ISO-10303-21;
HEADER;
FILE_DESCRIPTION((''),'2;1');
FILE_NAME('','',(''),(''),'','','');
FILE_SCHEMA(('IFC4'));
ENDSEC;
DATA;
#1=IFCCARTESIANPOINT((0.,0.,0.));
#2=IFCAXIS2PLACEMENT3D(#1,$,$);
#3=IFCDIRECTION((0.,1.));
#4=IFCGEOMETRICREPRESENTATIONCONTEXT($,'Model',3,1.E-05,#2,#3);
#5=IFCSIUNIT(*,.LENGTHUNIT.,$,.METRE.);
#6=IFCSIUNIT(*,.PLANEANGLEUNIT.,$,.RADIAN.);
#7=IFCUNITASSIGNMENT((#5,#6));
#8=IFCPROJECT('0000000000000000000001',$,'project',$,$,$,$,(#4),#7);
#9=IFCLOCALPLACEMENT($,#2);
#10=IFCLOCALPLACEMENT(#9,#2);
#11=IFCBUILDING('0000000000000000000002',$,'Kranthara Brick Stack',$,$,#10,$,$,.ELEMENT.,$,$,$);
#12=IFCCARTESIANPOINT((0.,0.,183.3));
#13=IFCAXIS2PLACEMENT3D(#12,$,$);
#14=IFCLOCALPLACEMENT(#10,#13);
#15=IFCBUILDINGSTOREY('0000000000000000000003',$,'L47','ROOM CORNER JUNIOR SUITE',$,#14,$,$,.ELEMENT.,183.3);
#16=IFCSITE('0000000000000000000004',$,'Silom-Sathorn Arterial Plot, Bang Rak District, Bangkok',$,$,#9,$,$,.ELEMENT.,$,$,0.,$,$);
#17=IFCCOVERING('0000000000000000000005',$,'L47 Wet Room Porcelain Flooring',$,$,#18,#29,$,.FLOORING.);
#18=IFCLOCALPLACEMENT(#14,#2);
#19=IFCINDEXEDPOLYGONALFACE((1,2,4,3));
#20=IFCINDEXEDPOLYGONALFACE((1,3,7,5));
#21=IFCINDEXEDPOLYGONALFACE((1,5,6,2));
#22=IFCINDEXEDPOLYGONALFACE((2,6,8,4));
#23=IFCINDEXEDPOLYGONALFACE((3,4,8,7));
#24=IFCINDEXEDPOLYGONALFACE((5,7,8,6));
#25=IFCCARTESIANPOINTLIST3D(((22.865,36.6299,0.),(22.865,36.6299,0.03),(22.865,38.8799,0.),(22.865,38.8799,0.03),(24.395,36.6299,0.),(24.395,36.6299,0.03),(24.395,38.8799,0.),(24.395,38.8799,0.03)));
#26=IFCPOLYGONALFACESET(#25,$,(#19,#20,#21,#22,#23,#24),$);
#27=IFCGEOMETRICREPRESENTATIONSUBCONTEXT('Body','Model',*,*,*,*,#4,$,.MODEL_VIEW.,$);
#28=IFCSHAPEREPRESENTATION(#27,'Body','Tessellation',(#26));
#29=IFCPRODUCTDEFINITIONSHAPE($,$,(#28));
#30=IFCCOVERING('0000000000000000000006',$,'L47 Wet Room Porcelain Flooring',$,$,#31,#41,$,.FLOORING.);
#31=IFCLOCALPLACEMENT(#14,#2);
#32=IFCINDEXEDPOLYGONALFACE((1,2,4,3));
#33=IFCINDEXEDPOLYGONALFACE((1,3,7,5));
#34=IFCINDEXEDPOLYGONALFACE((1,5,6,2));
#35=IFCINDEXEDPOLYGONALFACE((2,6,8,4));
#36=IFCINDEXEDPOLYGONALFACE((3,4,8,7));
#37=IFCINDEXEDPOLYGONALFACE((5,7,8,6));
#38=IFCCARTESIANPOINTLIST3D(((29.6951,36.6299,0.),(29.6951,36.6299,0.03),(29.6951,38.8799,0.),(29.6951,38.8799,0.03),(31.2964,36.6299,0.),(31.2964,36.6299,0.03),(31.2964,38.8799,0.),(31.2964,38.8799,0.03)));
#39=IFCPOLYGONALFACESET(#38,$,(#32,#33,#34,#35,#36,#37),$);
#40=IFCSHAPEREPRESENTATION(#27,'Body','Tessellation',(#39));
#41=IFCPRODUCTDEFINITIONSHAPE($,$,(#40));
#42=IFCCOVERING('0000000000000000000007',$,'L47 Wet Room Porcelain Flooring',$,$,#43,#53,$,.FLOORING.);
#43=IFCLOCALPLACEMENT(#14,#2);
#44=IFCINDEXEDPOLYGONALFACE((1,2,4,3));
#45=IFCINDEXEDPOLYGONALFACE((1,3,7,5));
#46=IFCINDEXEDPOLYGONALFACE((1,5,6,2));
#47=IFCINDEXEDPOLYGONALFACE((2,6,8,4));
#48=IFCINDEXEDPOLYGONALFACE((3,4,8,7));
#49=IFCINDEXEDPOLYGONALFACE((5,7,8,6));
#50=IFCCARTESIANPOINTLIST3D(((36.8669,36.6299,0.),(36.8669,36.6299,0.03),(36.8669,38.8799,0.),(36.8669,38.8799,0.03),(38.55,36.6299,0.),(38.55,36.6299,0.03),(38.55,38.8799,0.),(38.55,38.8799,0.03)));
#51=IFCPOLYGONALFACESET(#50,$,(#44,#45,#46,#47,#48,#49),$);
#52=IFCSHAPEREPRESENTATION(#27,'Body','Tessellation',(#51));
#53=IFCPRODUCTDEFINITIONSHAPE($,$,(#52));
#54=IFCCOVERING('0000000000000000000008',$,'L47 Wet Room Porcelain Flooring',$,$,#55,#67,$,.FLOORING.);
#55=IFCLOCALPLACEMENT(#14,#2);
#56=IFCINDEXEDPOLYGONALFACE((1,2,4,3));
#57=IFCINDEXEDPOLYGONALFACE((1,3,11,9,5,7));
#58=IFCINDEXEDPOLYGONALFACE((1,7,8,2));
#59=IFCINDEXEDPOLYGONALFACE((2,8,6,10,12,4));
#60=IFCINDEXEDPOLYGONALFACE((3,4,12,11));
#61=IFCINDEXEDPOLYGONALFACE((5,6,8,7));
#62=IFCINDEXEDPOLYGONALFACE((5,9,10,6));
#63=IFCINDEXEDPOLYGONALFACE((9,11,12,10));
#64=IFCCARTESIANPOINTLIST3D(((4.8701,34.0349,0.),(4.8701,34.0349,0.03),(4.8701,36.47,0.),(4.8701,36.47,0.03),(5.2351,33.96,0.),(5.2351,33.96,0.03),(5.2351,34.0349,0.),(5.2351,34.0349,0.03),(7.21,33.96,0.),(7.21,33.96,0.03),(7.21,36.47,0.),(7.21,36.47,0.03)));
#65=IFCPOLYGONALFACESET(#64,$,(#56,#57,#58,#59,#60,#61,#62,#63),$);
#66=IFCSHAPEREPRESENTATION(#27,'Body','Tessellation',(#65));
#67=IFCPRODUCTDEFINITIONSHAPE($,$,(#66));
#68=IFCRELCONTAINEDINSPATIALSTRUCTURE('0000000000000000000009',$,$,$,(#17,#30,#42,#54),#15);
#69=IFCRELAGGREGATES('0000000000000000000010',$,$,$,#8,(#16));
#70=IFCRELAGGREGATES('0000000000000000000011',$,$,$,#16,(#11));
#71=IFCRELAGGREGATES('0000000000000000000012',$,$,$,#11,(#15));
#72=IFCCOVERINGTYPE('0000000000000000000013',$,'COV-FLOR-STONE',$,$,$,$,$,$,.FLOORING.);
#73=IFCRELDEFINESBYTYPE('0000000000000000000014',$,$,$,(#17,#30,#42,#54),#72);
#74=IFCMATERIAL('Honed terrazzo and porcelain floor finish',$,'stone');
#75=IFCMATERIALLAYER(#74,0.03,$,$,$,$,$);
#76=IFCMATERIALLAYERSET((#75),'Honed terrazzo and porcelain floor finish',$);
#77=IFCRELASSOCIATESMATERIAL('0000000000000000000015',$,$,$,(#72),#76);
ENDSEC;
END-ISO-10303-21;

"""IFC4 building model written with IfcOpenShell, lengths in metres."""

from ifc_helpers import new_model, si_unit, direction, frame, origin, place, context, subcontext, project, spatial, polyline, outline, extrude, material, layer, layer_set, type_object, element, save


model = new_model("IFC4")

# Units and contexts
model_context = context("Model", 3, precision=1e-05, world=origin(), true_north=direction((0.0, 1.0)))
body_context = subcontext(model_context, "Body", "Model", "MODEL_VIEW")
ifc_project = project(units=[si_unit("LENGTHUNIT", "METRE"), si_unit("PLANEANGLEUNIT", "RADIAN")], contexts=[model_context])

# Site, building, storey
site_placement = place(None, origin())
site = spatial("IfcSite", under=ifc_project, at=site_placement, Name="Silom-Sathorn Arterial Plot, Bang Rak District, Bangkok", CompositionType="ELEMENT", RefElevation=0.0)
building_placement = place(site_placement, origin())
building = spatial("IfcBuilding", under=site, at=building_placement, Name="Kranthara Brick Stack", CompositionType="ELEMENT")
storey_placement = place(building_placement, frame((0.0, 0.0, 183.3)))
storey = spatial("IfcBuildingStorey", under=building, at=storey_placement, Name="L47", Description="ROOM CORNER JUNIOR SUITE", CompositionType="ELEMENT", Elevation=183.3)

# Coverings
ifc_material_1 = material(Name="Honed terrazzo and porcelain floor finish", Category="stone")
ifc_layer_1 = layer(ifc_material_1, 0.03)
ifc_layer_set_1 = layer_set([ifc_layer_1], Name="Honed terrazzo and porcelain floor finish")
covering_type_1 = type_object("IfcCoveringType", Name="COV-FLOR-STONE", PredefinedType="FLOORING", material=ifc_layer_set_1)
covering_1_placement = place(storey_placement, origin())
element("IfcCovering", 1, at=covering_1_placement, inside=storey, type_object=covering_type_1, Name="L47 Wet Room Porcelain Flooring", PredefinedType="FLOORING", context=body_context, shape_type="SweptSolid", body=[
    extrude(outline(polyline([(22.865, 36.6299), (22.865, 38.8799), (24.395, 38.8799), (24.395, 36.6299), (22.865, 36.6299)])), origin(), (0.0, 0.0, 1.0), 0.03),
])
covering_2_placement = place(storey_placement, origin())
element("IfcCovering", 2, at=covering_2_placement, inside=storey, type_object=covering_type_1, Name="L47 Wet Room Porcelain Flooring", PredefinedType="FLOORING", context=body_context, shape_type="SweptSolid", body=[
    extrude(outline(polyline([(29.6951, 36.6299), (29.6951, 38.8799), (31.2964, 38.8799), (31.2964, 36.6299), (29.6951, 36.6299)])), origin(), (0.0, 0.0, 1.0), 0.03),
])
covering_3_placement = place(storey_placement, origin())
element("IfcCovering", 3, at=covering_3_placement, inside=storey, type_object=covering_type_1, Name="L47 Wet Room Porcelain Flooring", PredefinedType="FLOORING", context=body_context, shape_type="SweptSolid", body=[
    extrude(outline(polyline([(36.8669, 36.6299), (36.8669, 38.8799), (38.55, 38.8799), (38.55, 36.6299), (36.8669, 36.6299)])), origin(), (0.0, 0.0, 1.0), 0.03),
])
covering_4_placement = place(storey_placement, origin())
element("IfcCovering", 4, at=covering_4_placement, inside=storey, type_object=covering_type_1, Name="L47 Wet Room Porcelain Flooring", PredefinedType="FLOORING", context=body_context, shape_type="SweptSolid", body=[
    extrude(outline(polyline([(7.21, 36.47), (7.21, 33.96), (5.2351, 33.96), (5.2351, 34.0349), (4.8701, 34.0349), (4.8701, 36.47), (7.21, 36.47)])), origin(), (0.0, 0.0, 1.0), 0.03),
])

save(model, "model.ifc")
